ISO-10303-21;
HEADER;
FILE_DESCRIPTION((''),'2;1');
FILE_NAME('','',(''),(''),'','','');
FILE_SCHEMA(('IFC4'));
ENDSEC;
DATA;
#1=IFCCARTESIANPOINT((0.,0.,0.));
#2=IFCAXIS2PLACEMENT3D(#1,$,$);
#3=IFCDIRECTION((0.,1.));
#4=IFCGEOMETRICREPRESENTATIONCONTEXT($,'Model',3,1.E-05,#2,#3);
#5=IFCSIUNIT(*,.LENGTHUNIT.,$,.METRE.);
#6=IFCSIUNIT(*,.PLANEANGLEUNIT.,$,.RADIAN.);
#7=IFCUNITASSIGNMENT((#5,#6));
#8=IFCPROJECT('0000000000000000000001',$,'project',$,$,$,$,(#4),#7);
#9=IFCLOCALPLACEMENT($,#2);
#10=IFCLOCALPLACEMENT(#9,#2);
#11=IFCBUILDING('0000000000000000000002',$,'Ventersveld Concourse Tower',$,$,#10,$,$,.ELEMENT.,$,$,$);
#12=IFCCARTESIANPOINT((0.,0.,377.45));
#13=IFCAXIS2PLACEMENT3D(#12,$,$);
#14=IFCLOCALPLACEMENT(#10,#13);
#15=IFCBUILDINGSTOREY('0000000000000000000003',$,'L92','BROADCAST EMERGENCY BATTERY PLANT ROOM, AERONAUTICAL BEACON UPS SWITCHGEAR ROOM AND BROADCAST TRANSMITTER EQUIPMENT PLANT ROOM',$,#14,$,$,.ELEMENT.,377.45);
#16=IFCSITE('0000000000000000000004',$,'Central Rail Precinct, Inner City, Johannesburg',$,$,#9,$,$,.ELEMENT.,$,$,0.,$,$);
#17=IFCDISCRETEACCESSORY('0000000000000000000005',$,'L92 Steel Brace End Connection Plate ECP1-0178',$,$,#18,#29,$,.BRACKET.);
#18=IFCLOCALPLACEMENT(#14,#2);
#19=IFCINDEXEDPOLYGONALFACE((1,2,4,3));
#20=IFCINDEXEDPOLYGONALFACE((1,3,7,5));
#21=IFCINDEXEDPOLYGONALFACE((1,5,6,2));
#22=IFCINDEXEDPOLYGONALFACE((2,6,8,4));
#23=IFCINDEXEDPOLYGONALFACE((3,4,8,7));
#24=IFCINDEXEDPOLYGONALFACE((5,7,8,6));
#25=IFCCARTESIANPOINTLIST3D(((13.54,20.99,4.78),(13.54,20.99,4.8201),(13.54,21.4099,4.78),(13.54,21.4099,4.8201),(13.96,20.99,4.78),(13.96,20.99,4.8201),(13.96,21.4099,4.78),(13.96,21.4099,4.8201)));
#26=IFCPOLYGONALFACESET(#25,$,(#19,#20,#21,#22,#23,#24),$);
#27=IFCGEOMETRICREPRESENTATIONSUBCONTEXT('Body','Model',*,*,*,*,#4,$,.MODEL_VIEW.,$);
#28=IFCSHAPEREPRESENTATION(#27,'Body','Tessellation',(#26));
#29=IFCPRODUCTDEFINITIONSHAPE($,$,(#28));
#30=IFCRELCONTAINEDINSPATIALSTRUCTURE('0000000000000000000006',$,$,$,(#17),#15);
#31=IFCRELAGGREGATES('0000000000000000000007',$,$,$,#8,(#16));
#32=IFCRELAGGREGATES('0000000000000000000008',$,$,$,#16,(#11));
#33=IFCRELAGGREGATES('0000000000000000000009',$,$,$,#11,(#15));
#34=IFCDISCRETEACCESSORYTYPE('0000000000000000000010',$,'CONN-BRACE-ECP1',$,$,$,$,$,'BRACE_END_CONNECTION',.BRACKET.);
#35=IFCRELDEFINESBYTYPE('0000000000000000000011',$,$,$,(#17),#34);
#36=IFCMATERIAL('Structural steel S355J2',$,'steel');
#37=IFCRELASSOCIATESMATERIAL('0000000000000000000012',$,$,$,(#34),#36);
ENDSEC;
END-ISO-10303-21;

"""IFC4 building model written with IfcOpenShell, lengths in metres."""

from ifc_helpers import new_model, si_unit, direction, frame, origin, origin_2d, place, context, subcontext, project, spatial, rectangle, extrude, material, type_object, element, save


model = new_model("IFC4")

# Units and contexts
model_context = context("Model", 3, precision=1e-05, world=origin(), true_north=direction((0.0, 1.0)))
body_context = subcontext(model_context, "Body", "Model", "MODEL_VIEW")
ifc_project = project(units=[si_unit("LENGTHUNIT", "METRE"), si_unit("PLANEANGLEUNIT", "RADIAN")], contexts=[model_context])

# Site, building, storey
site_placement = place(None, origin())
site = spatial("IfcSite", under=ifc_project, at=site_placement, Name="Central Rail Precinct, Inner City, Johannesburg", CompositionType="ELEMENT", RefElevation=0.0)
building_placement = place(site_placement, origin())
building = spatial("IfcBuilding", under=site, at=building_placement, Name="Ventersveld Concourse Tower", CompositionType="ELEMENT")
storey_placement = place(building_placement, frame((0.0, 0.0, 377.45)))
storey = spatial("IfcBuildingStorey", under=building, at=storey_placement, Name="L92", Description="BROADCAST EMERGENCY BATTERY PLANT ROOM, AERONAUTICAL BEACON UPS SWITCHGEAR ROOM AND BROADCAST TRANSMITTER EQUIPMENT PLANT ROOM", CompositionType="ELEMENT", Elevation=377.45)

# Discrete accessory
ifc_material_1 = material(Name="Structural steel S355J2", Category="steel")
discrete_accessory_type_1 = type_object("IfcDiscreteAccessoryType", Name="CONN-BRACE-ECP1", ElementType="BRACE_END_CONNECTION", PredefinedType="BRACKET", material=ifc_material_1)
for number, where, z_axis, x_axis, name in (
    (1, (13.75, 21.2, 4.78), (0.0, 0.0, 1.0), (1.0, 0.0, 0.0), "L92 Steel Brace End Connection Plate ECP1-0178"),
):
    element("IfcDiscreteAccessory", number, at=place(storey_placement, frame(where, z_axis=z_axis, x_axis=x_axis)), inside=storey, type_object=discrete_accessory_type_1, Name=name, PredefinedType="BRACKET", context=body_context, shape_type="SweptSolid", body=[
        extrude(rectangle(XDim=0.4199, YDim=0.4199, at=origin_2d()), origin(), (0.0, 0.0, 1.0), 0.04),
    ])

save(model, "model.ifc")
